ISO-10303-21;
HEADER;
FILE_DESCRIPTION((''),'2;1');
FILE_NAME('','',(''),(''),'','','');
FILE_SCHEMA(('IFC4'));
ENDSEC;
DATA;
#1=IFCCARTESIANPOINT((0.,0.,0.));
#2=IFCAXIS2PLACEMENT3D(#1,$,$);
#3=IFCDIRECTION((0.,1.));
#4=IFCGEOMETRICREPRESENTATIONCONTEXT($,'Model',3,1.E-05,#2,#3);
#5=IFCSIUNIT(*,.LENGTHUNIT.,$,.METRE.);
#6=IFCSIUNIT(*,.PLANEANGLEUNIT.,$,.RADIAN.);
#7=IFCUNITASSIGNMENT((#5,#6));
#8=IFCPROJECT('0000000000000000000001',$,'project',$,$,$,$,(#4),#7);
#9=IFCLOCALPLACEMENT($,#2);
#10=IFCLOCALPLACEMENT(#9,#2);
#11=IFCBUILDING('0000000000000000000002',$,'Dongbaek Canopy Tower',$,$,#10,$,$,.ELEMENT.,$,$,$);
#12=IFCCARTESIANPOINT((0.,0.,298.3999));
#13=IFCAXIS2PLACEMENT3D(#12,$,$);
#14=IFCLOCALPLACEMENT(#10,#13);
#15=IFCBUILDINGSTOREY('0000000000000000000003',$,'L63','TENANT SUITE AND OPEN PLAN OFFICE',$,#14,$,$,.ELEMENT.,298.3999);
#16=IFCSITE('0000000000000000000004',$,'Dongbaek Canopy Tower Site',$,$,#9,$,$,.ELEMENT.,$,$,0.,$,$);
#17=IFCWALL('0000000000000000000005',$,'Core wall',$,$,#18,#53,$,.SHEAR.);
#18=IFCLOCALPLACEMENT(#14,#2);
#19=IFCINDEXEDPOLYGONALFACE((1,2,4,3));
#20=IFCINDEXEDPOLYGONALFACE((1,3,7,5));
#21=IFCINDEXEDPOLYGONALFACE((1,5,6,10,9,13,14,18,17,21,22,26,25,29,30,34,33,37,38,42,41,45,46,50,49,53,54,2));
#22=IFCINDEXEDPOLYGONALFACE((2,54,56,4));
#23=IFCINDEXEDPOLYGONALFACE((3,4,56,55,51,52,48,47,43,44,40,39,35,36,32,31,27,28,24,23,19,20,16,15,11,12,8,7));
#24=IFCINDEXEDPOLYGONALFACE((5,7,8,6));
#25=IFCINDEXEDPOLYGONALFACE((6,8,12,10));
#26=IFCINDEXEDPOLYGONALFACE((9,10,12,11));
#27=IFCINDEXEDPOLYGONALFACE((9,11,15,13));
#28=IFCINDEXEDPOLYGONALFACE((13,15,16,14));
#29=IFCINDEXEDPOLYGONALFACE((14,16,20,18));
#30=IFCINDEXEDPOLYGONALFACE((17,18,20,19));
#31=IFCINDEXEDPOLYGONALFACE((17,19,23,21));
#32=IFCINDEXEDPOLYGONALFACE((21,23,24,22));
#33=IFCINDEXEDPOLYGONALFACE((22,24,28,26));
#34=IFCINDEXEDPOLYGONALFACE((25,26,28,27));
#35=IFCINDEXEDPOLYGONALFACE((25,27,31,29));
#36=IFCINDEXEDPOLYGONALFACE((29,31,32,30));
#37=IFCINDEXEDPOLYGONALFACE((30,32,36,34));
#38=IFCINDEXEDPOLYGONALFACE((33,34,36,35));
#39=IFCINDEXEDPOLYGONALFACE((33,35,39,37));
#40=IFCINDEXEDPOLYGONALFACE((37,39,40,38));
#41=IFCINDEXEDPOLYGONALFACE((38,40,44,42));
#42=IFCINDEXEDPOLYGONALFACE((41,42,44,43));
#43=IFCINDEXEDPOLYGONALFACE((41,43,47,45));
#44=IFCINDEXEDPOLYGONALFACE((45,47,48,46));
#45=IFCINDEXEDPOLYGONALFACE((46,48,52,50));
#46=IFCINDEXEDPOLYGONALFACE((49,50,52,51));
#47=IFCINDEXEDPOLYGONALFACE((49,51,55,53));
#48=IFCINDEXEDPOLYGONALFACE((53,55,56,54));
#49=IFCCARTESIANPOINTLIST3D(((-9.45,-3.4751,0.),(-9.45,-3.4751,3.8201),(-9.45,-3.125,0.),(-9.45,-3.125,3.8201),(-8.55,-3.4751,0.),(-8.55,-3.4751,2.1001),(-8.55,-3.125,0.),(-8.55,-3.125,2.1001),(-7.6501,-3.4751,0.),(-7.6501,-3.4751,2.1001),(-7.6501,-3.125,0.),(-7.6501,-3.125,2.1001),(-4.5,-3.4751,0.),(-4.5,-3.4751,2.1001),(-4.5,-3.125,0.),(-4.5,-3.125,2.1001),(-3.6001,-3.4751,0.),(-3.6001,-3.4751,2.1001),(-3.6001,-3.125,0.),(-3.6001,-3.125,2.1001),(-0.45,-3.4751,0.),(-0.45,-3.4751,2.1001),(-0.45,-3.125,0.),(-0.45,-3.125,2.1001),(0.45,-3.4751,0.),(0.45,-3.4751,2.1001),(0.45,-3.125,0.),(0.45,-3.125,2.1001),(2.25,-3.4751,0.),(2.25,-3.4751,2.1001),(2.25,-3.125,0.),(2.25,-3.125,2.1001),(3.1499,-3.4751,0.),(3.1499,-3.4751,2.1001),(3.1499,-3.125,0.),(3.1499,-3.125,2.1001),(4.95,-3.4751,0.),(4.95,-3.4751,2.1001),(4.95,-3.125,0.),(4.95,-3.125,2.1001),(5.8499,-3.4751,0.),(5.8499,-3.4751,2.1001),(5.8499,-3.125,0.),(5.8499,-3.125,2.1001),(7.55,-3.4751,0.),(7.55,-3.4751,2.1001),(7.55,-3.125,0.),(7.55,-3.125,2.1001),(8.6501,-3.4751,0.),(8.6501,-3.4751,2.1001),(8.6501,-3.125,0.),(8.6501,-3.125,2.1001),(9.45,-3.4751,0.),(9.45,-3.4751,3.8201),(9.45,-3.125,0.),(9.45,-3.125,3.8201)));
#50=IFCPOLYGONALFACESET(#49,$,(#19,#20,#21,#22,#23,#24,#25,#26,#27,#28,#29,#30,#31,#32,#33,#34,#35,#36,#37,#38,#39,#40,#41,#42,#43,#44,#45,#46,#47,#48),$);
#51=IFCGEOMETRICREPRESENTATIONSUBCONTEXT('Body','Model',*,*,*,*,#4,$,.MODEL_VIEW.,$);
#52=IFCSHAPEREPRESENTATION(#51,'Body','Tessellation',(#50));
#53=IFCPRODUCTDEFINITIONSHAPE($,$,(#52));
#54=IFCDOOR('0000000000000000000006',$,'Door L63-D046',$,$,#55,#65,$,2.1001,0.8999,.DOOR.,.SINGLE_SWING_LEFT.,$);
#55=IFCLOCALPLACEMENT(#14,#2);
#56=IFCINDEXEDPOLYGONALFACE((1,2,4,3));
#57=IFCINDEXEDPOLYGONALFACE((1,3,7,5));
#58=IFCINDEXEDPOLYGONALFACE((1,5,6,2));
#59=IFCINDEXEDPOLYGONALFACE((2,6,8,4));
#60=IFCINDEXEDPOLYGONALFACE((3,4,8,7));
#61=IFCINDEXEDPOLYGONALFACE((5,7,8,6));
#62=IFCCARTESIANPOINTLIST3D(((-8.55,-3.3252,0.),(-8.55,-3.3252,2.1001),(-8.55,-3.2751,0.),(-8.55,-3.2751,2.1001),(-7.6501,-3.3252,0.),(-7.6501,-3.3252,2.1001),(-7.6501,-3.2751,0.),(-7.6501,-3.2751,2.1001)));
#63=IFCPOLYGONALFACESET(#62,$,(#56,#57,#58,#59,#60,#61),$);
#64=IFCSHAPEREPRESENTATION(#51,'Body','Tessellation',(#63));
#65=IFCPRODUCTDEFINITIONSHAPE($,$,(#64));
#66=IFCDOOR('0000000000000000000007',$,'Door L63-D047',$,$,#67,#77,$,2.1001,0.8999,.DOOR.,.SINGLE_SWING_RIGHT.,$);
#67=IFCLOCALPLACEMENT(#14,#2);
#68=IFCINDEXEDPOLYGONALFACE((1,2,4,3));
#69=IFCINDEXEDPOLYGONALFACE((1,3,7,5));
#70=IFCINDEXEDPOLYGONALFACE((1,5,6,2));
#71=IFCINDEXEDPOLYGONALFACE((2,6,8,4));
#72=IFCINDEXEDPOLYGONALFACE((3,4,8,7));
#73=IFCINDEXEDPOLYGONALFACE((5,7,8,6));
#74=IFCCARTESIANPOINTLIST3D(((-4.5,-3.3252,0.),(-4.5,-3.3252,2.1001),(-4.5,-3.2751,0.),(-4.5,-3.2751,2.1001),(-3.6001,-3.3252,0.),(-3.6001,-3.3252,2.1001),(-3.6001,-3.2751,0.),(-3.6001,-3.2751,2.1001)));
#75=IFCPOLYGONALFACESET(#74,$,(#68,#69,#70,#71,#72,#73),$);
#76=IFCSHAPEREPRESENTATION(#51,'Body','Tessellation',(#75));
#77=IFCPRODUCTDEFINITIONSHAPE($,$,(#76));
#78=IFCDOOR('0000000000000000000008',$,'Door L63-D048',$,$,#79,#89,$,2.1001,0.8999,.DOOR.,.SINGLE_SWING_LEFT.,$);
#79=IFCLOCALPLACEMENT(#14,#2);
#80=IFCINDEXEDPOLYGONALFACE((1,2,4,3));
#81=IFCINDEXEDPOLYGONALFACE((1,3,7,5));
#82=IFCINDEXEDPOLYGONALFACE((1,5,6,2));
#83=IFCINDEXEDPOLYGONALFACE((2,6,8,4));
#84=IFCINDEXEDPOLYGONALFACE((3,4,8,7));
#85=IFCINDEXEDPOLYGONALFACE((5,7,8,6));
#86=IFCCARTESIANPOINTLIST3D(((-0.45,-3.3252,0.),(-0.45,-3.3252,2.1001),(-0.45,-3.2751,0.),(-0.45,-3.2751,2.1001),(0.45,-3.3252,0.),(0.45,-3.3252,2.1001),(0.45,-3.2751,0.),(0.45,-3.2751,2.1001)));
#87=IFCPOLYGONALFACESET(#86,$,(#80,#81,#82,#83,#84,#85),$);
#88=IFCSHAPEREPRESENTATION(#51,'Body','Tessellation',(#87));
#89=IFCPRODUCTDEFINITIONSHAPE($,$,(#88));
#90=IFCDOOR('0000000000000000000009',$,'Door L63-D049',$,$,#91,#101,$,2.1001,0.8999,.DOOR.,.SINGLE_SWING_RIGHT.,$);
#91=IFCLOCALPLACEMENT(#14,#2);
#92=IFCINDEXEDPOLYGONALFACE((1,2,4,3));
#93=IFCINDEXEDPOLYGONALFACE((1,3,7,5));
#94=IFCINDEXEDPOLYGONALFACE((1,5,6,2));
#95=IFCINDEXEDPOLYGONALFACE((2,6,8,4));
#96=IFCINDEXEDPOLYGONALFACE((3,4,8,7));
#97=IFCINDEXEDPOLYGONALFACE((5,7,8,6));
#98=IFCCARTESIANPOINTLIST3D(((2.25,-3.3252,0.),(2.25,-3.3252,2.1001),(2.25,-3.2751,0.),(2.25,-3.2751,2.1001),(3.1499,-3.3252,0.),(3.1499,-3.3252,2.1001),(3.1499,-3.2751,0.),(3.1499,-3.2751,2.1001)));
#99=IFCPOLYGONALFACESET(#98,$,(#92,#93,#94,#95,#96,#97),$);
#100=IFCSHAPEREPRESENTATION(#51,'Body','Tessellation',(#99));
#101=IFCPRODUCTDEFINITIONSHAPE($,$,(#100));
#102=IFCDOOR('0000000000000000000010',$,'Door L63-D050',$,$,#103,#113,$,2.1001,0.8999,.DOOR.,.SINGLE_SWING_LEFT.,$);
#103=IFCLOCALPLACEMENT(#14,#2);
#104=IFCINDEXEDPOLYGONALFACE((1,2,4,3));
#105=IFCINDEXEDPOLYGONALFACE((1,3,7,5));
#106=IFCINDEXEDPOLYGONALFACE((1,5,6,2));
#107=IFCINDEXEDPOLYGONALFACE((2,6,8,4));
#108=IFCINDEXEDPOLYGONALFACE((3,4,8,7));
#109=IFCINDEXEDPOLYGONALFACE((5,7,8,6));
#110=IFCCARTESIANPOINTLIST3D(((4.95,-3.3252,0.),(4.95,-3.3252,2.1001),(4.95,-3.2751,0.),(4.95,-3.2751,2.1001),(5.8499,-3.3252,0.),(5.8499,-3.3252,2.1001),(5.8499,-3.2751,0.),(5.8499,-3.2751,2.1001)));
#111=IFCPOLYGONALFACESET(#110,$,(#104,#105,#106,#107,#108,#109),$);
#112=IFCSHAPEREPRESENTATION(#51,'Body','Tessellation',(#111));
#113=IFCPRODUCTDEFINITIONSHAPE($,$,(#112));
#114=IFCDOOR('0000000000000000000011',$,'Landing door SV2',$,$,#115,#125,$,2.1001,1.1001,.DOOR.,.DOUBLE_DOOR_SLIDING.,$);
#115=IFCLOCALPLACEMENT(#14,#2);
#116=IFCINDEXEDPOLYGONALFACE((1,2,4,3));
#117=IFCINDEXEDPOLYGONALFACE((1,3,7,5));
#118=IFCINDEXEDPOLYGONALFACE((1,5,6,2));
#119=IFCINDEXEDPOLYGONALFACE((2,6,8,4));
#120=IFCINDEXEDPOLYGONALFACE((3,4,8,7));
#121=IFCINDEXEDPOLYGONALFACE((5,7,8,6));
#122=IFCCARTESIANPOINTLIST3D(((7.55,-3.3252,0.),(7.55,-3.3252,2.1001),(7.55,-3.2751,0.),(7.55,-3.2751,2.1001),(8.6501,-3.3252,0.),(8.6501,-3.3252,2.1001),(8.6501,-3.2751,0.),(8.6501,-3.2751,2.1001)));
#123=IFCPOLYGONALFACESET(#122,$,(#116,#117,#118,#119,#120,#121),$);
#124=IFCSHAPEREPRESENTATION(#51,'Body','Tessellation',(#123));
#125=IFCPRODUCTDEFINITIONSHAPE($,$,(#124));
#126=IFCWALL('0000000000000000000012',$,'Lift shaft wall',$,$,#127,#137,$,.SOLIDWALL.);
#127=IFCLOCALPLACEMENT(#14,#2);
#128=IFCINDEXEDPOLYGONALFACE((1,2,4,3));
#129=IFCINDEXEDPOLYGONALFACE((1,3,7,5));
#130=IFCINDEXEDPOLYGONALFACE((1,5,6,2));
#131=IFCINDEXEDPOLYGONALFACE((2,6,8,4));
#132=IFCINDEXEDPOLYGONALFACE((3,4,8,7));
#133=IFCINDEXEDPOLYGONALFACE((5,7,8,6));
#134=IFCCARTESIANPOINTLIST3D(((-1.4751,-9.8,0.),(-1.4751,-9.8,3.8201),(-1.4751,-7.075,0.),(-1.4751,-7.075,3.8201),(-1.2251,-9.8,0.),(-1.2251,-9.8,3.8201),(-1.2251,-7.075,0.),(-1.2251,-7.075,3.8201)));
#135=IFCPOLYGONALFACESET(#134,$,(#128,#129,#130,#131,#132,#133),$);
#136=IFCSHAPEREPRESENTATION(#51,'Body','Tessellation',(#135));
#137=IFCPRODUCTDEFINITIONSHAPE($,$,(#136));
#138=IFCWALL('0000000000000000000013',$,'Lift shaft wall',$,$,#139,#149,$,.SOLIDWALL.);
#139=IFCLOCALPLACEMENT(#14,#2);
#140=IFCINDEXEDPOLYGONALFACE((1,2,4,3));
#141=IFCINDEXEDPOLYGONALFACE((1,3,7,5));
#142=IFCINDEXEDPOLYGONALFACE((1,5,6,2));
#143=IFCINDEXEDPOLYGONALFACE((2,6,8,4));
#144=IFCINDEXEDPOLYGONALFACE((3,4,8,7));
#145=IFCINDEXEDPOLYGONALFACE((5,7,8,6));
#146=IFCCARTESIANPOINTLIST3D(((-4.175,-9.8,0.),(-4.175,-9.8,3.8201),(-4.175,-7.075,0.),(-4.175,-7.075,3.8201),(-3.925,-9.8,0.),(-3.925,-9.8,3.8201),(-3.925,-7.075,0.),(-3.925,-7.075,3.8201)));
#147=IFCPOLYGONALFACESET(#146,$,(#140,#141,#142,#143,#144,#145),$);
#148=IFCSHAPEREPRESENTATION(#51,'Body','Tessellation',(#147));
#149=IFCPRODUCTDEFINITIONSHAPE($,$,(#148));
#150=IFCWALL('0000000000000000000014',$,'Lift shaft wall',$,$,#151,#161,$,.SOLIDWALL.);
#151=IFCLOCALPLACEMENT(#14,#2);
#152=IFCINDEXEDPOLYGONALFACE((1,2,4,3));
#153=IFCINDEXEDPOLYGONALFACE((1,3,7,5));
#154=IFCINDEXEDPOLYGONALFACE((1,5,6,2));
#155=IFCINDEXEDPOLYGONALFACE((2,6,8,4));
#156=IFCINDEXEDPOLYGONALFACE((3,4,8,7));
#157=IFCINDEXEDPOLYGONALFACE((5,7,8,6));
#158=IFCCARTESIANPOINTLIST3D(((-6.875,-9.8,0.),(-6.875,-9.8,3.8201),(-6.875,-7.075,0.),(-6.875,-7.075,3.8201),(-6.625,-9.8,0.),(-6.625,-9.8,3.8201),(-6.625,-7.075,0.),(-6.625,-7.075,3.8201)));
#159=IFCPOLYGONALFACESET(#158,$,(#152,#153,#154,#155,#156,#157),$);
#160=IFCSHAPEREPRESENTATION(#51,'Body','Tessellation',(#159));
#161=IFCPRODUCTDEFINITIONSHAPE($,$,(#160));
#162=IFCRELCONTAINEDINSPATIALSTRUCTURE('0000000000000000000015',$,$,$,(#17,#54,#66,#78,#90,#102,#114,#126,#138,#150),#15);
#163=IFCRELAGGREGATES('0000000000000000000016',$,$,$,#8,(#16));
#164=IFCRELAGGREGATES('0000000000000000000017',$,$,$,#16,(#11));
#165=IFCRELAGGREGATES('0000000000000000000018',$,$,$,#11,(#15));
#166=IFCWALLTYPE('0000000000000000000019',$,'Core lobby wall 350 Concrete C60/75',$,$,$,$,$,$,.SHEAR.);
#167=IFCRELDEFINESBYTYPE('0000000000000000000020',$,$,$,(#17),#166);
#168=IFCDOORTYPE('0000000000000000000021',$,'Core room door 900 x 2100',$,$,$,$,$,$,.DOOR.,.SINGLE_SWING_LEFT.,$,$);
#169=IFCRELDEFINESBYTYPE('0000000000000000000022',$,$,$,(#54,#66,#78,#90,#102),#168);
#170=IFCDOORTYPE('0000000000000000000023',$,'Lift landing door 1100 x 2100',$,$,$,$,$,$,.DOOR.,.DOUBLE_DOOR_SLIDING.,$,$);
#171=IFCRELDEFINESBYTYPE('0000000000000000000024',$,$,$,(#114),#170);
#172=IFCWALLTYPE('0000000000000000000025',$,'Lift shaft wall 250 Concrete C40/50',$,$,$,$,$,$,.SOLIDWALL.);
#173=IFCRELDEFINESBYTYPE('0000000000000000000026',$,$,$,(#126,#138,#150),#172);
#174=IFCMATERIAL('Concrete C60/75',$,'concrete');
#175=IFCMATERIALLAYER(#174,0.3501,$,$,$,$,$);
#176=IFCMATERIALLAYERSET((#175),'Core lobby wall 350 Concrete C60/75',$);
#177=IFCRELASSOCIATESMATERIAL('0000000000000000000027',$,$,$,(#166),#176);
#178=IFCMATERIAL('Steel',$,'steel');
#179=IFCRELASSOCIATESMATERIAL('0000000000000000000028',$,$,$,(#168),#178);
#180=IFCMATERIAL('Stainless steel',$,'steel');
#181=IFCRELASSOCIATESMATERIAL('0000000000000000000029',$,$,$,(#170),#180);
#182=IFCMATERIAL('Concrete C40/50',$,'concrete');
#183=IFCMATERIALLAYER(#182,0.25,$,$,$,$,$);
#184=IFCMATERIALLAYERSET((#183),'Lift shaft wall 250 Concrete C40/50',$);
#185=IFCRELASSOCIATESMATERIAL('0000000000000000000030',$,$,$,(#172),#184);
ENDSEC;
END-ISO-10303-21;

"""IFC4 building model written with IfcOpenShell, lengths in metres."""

from ifc_helpers import new_model, si_unit, direction, frame, frame_2d, origin, place, context, subcontext, project, spatial, rectangle, extrude, material, layer, layer_set, type_object, element, fill, save


model = new_model("IFC4")

# Units and contexts
model_context = context("Model", 3, precision=1e-05, world=origin(), true_north=direction((0.0, 1.0)))
body_context = subcontext(model_context, "Body", "Model", "MODEL_VIEW")
ifc_project = project(units=[si_unit("LENGTHUNIT", "METRE"), si_unit("PLANEANGLEUNIT", "RADIAN")], contexts=[model_context])

# Site, building, storey
site_placement = place(None, origin())
site = spatial("IfcSite", under=ifc_project, at=site_placement, Name="Dongbaek Canopy Tower Site", CompositionType="ELEMENT", RefElevation=0.0)
building_placement = place(site_placement, origin())
building = spatial("IfcBuilding", under=site, at=building_placement, Name="Dongbaek Canopy Tower", CompositionType="ELEMENT")
storey_placement = place(building_placement, frame((0.0, 0.0, 298.3999)))
storey = spatial("IfcBuildingStorey", under=building, at=storey_placement, Name="L63", Description="TENANT SUITE AND OPEN PLAN OFFICE", CompositionType="ELEMENT", Elevation=298.3999)

# Wall, openings, doors
ifc_material_1 = material(Name="Concrete C60/75", Category="concrete")
ifc_layer_1 = layer(ifc_material_1, 0.3501)
ifc_layer_set_1 = layer_set([ifc_layer_1], Name="Core lobby wall 350 Concrete C60/75")
wall_type_1 = type_object("IfcWallType", Name="Core lobby wall 350 Concrete C60/75", PredefinedType="SHEAR", material=ifc_layer_set_1)
wall_1_placement = place(storey_placement, frame((-9.45, -3.3, 0.0), z_axis=(0.0, 0.0, 1.0), x_axis=(1.0, 0.0, 0.0)))
wall_1 = element("IfcWall", 1, at=wall_1_placement, inside=storey, type_object=wall_type_1, Name="Core wall", PredefinedType="SHEAR", context=body_context, shape_type="SweptSolid", body=[
    extrude(rectangle(XDim=18.8999, YDim=0.3501, at=frame_2d((9.45, 0.0))), origin(), (0.0, 0.0, 1.0), 3.8201),
])
opening_1_placement = place(wall_1_placement, frame((17.0, 0.0, 0.0)))
opening_1 = element("IfcOpeningElement", 2, at=opening_1_placement, cuts=wall_1, PredefinedType="OPENING", context=body_context, shape_type="SweptSolid", body=[
    extrude(rectangle(XDim=1.1001, YDim=2.1001, at=frame_2d((0.55, 1.05))), frame((0.0, 0.1851, 0.0), z_axis=(0.0, -1.0, 0.0), x_axis=(1.0, 0.0, 0.0)), (0.0, 0.0, 1.0), 0.3701),
])
opening_2_placement = place(wall_1_placement, frame((0.8999, 0.0, 0.0)))
opening_2 = element("IfcOpeningElement", 3, at=opening_2_placement, cuts=wall_1, PredefinedType="OPENING", context=body_context, shape_type="SweptSolid", body=[
    extrude(rectangle(XDim=0.8999, YDim=2.1001, at=frame_2d((0.45, 1.05))), frame((0.0, 0.1851, 0.0), z_axis=(0.0, -1.0, 0.0), x_axis=(1.0, 0.0, 0.0)), (0.0, 0.0, 1.0), 0.3701),
])
opening_3_placement = place(wall_1_placement, frame((4.95, 0.0, 0.0)))
opening_3 = element("IfcOpeningElement", 4, at=opening_3_placement, cuts=wall_1, PredefinedType="OPENING", context=body_context, shape_type="SweptSolid", body=[
    extrude(rectangle(XDim=0.8999, YDim=2.1001, at=frame_2d((0.45, 1.05))), frame((0.0, 0.1851, 0.0), z_axis=(0.0, -1.0, 0.0), x_axis=(1.0, 0.0, 0.0)), (0.0, 0.0, 1.0), 0.3701),
])
opening_4_placement = place(wall_1_placement, frame((9.0, 0.0, 0.0)))
opening_4 = element("IfcOpeningElement", 5, at=opening_4_placement, cuts=wall_1, PredefinedType="OPENING", context=body_context, shape_type="SweptSolid", body=[
    extrude(rectangle(XDim=0.8999, YDim=2.1001, at=frame_2d((0.45, 1.05))), frame((0.0, 0.1851, 0.0), z_axis=(0.0, -1.0, 0.0), x_axis=(1.0, 0.0, 0.0)), (0.0, 0.0, 1.0), 0.3701),
])
opening_5_placement = place(wall_1_placement, frame((11.7, 0.0, 0.0)))
opening_5 = element("IfcOpeningElement", 6, at=opening_5_placement, cuts=wall_1, PredefinedType="OPENING", context=body_context, shape_type="SweptSolid", body=[
    extrude(rectangle(XDim=0.8999, YDim=2.1001, at=frame_2d((0.45, 1.05))), frame((0.0, 0.1851, 0.0), z_axis=(0.0, -1.0, 0.0), x_axis=(1.0, 0.0, 0.0)), (0.0, 0.0, 1.0), 0.3701),
])
opening_6_placement = place(wall_1_placement, frame((14.3999, 0.0, 0.0)))
opening_6 = element("IfcOpeningElement", 7, at=opening_6_placement, cuts=wall_1, PredefinedType="OPENING", context=body_context, shape_type="SweptSolid", body=[
    extrude(rectangle(XDim=0.8999, YDim=2.1001, at=frame_2d((0.45, 1.05))), frame((0.0, 0.1851, 0.0), z_axis=(0.0, -1.0, 0.0), x_axis=(1.0, 0.0, 0.0)), (0.0, 0.0, 1.0), 0.3701),
])
ifc_material_2 = material(Name="Steel", Category="steel")
door_type_1 = type_object("IfcDoorType", Name="Core room door 900 x 2100", OperationType="SINGLE_SWING_LEFT", PredefinedType="DOOR", material=ifc_material_2)
door_1_placement = place(opening_2_placement, origin())
door_1 = element("IfcDoor", 8, at=door_1_placement, inside=storey, type_object=door_type_1, Name="Door L63-D046", OperationType="SINGLE_SWING_LEFT", OverallHeight=2.1001, OverallWidth=0.8999, PredefinedType="DOOR", context=body_context, shape_type="SweptSolid", body=[
    extrude(rectangle(XDim=0.8999, YDim=2.1001, at=frame_2d((0.45, 1.05))), frame((0.0, 0.0249, 0.0), z_axis=(0.0, -1.0, 0.0), x_axis=(1.0, 0.0, 0.0)), (0.0, 0.0, 1.0), 0.05),
])
fill(opening_2, door_1)
door_2_placement = place(opening_3_placement, origin())
door_2 = element("IfcDoor", 9, at=door_2_placement, inside=storey, type_object=door_type_1, Name="Door L63-D047", OperationType="SINGLE_SWING_RIGHT", OverallHeight=2.1001, OverallWidth=0.8999, PredefinedType="DOOR", context=body_context, shape_type="SweptSolid", body=[
    extrude(rectangle(XDim=0.8999, YDim=2.1001, at=frame_2d((0.45, 1.05))), frame((0.0, 0.0249, 0.0), z_axis=(0.0, -1.0, 0.0), x_axis=(1.0, 0.0, 0.0)), (0.0, 0.0, 1.0), 0.05),
])
fill(opening_3, door_2)
door_3_placement = place(opening_4_placement, origin())
door_3 = element("IfcDoor", 10, at=door_3_placement, inside=storey, type_object=door_type_1, Name="Door L63-D048", OperationType="SINGLE_SWING_LEFT", OverallHeight=2.1001, OverallWidth=0.8999, PredefinedType="DOOR", context=body_context, shape_type="SweptSolid", body=[
    extrude(rectangle(XDim=0.8999, YDim=2.1001, at=frame_2d((0.45, 1.05))), frame((0.0, 0.0249, 0.0), z_axis=(0.0, -1.0, 0.0), x_axis=(1.0, 0.0, 0.0)), (0.0, 0.0, 1.0), 0.05),
])
fill(opening_4, door_3)
door_4_placement = place(opening_5_placement, origin())
door_4 = element("IfcDoor", 11, at=door_4_placement, inside=storey, type_object=door_type_1, Name="Door L63-D049", OperationType="SINGLE_SWING_RIGHT", OverallHeight=2.1001, OverallWidth=0.8999, PredefinedType="DOOR", context=body_context, shape_type="SweptSolid", body=[
    extrude(rectangle(XDim=0.8999, YDim=2.1001, at=frame_2d((0.45, 1.05))), frame((0.0, 0.0249, 0.0), z_axis=(0.0, -1.0, 0.0), x_axis=(1.0, 0.0, 0.0)), (0.0, 0.0, 1.0), 0.05),
])
fill(opening_5, door_4)
door_5_placement = place(opening_6_placement, origin())
door_5 = element("IfcDoor", 12, at=door_5_placement, inside=storey, type_object=door_type_1, Name="Door L63-D050", OperationType="SINGLE_SWING_LEFT", OverallHeight=2.1001, OverallWidth=0.8999, PredefinedType="DOOR", context=body_context, shape_type="SweptSolid", body=[
    extrude(rectangle(XDim=0.8999, YDim=2.1001, at=frame_2d((0.45, 1.05))), frame((0.0, 0.0249, 0.0), z_axis=(0.0, -1.0, 0.0), x_axis=(1.0, 0.0, 0.0)), (0.0, 0.0, 1.0), 0.05),
])
fill(opening_6, door_5)
ifc_material_3 = material(Name="Stainless steel", Category="steel")
door_type_2 = type_object("IfcDoorType", Name="Lift landing door 1100 x 2100", OperationType="DOUBLE_DOOR_SLIDING", PredefinedType="DOOR", material=ifc_material_3)
door_6_placement = place(opening_1_placement, origin())
door_6 = element("IfcDoor", 13, at=door_6_placement, inside=storey, type_object=door_type_2, Name="Landing door SV2", OperationType="DOUBLE_DOOR_SLIDING", OverallHeight=2.1001, OverallWidth=1.1001, PredefinedType="DOOR", context=body_context, shape_type="SweptSolid", body=[
    extrude(rectangle(XDim=1.1001, YDim=2.1001, at=frame_2d((0.55, 1.05))), frame((0.0, 0.0249, 0.0), z_axis=(0.0, -1.0, 0.0), x_axis=(1.0, 0.0, 0.0)), (0.0, 0.0, 1.0), 0.05),
])
fill(opening_1, door_6)

# Walls
ifc_material_4 = material(Name="Concrete C40/50", Category="concrete")
ifc_layer_2 = layer(ifc_material_4, 0.25)
ifc_layer_set_2 = layer_set([ifc_layer_2], Name="Lift shaft wall 250 Concrete C40/50")
wall_type_2 = type_object("IfcWallType", Name="Lift shaft wall 250 Concrete C40/50", PredefinedType="SOLIDWALL", material=ifc_layer_set_2)
for number, where, z_axis, x_axis, name in (
    (14, (-1.3501, -9.8, 0.0), (0.0, 0.0, 1.0), (0.0, 1.0, 0.0), "Lift shaft wall"),
    (15, (-4.05, -9.8, 0.0), (0.0, 0.0, 1.0), (0.0, 1.0, 0.0), "Lift shaft wall"),
    (16, (-6.75, -9.8, 0.0), (0.0, 0.0, 1.0), (0.0, 1.0, 0.0), "Lift shaft wall"),
):
    element("IfcWall", number, at=place(storey_placement, frame(where, z_axis=z_axis, x_axis=x_axis)), inside=storey, type_object=wall_type_2, Name=name, PredefinedType="SOLIDWALL", context=body_context, shape_type="SweptSolid", body=[
        extrude(rectangle(XDim=2.7251, YDim=0.25, at=frame_2d((1.3625, 0.0))), origin(), (0.0, 0.0, 1.0), 3.8201),
    ])

save(model, "model.ifc")
